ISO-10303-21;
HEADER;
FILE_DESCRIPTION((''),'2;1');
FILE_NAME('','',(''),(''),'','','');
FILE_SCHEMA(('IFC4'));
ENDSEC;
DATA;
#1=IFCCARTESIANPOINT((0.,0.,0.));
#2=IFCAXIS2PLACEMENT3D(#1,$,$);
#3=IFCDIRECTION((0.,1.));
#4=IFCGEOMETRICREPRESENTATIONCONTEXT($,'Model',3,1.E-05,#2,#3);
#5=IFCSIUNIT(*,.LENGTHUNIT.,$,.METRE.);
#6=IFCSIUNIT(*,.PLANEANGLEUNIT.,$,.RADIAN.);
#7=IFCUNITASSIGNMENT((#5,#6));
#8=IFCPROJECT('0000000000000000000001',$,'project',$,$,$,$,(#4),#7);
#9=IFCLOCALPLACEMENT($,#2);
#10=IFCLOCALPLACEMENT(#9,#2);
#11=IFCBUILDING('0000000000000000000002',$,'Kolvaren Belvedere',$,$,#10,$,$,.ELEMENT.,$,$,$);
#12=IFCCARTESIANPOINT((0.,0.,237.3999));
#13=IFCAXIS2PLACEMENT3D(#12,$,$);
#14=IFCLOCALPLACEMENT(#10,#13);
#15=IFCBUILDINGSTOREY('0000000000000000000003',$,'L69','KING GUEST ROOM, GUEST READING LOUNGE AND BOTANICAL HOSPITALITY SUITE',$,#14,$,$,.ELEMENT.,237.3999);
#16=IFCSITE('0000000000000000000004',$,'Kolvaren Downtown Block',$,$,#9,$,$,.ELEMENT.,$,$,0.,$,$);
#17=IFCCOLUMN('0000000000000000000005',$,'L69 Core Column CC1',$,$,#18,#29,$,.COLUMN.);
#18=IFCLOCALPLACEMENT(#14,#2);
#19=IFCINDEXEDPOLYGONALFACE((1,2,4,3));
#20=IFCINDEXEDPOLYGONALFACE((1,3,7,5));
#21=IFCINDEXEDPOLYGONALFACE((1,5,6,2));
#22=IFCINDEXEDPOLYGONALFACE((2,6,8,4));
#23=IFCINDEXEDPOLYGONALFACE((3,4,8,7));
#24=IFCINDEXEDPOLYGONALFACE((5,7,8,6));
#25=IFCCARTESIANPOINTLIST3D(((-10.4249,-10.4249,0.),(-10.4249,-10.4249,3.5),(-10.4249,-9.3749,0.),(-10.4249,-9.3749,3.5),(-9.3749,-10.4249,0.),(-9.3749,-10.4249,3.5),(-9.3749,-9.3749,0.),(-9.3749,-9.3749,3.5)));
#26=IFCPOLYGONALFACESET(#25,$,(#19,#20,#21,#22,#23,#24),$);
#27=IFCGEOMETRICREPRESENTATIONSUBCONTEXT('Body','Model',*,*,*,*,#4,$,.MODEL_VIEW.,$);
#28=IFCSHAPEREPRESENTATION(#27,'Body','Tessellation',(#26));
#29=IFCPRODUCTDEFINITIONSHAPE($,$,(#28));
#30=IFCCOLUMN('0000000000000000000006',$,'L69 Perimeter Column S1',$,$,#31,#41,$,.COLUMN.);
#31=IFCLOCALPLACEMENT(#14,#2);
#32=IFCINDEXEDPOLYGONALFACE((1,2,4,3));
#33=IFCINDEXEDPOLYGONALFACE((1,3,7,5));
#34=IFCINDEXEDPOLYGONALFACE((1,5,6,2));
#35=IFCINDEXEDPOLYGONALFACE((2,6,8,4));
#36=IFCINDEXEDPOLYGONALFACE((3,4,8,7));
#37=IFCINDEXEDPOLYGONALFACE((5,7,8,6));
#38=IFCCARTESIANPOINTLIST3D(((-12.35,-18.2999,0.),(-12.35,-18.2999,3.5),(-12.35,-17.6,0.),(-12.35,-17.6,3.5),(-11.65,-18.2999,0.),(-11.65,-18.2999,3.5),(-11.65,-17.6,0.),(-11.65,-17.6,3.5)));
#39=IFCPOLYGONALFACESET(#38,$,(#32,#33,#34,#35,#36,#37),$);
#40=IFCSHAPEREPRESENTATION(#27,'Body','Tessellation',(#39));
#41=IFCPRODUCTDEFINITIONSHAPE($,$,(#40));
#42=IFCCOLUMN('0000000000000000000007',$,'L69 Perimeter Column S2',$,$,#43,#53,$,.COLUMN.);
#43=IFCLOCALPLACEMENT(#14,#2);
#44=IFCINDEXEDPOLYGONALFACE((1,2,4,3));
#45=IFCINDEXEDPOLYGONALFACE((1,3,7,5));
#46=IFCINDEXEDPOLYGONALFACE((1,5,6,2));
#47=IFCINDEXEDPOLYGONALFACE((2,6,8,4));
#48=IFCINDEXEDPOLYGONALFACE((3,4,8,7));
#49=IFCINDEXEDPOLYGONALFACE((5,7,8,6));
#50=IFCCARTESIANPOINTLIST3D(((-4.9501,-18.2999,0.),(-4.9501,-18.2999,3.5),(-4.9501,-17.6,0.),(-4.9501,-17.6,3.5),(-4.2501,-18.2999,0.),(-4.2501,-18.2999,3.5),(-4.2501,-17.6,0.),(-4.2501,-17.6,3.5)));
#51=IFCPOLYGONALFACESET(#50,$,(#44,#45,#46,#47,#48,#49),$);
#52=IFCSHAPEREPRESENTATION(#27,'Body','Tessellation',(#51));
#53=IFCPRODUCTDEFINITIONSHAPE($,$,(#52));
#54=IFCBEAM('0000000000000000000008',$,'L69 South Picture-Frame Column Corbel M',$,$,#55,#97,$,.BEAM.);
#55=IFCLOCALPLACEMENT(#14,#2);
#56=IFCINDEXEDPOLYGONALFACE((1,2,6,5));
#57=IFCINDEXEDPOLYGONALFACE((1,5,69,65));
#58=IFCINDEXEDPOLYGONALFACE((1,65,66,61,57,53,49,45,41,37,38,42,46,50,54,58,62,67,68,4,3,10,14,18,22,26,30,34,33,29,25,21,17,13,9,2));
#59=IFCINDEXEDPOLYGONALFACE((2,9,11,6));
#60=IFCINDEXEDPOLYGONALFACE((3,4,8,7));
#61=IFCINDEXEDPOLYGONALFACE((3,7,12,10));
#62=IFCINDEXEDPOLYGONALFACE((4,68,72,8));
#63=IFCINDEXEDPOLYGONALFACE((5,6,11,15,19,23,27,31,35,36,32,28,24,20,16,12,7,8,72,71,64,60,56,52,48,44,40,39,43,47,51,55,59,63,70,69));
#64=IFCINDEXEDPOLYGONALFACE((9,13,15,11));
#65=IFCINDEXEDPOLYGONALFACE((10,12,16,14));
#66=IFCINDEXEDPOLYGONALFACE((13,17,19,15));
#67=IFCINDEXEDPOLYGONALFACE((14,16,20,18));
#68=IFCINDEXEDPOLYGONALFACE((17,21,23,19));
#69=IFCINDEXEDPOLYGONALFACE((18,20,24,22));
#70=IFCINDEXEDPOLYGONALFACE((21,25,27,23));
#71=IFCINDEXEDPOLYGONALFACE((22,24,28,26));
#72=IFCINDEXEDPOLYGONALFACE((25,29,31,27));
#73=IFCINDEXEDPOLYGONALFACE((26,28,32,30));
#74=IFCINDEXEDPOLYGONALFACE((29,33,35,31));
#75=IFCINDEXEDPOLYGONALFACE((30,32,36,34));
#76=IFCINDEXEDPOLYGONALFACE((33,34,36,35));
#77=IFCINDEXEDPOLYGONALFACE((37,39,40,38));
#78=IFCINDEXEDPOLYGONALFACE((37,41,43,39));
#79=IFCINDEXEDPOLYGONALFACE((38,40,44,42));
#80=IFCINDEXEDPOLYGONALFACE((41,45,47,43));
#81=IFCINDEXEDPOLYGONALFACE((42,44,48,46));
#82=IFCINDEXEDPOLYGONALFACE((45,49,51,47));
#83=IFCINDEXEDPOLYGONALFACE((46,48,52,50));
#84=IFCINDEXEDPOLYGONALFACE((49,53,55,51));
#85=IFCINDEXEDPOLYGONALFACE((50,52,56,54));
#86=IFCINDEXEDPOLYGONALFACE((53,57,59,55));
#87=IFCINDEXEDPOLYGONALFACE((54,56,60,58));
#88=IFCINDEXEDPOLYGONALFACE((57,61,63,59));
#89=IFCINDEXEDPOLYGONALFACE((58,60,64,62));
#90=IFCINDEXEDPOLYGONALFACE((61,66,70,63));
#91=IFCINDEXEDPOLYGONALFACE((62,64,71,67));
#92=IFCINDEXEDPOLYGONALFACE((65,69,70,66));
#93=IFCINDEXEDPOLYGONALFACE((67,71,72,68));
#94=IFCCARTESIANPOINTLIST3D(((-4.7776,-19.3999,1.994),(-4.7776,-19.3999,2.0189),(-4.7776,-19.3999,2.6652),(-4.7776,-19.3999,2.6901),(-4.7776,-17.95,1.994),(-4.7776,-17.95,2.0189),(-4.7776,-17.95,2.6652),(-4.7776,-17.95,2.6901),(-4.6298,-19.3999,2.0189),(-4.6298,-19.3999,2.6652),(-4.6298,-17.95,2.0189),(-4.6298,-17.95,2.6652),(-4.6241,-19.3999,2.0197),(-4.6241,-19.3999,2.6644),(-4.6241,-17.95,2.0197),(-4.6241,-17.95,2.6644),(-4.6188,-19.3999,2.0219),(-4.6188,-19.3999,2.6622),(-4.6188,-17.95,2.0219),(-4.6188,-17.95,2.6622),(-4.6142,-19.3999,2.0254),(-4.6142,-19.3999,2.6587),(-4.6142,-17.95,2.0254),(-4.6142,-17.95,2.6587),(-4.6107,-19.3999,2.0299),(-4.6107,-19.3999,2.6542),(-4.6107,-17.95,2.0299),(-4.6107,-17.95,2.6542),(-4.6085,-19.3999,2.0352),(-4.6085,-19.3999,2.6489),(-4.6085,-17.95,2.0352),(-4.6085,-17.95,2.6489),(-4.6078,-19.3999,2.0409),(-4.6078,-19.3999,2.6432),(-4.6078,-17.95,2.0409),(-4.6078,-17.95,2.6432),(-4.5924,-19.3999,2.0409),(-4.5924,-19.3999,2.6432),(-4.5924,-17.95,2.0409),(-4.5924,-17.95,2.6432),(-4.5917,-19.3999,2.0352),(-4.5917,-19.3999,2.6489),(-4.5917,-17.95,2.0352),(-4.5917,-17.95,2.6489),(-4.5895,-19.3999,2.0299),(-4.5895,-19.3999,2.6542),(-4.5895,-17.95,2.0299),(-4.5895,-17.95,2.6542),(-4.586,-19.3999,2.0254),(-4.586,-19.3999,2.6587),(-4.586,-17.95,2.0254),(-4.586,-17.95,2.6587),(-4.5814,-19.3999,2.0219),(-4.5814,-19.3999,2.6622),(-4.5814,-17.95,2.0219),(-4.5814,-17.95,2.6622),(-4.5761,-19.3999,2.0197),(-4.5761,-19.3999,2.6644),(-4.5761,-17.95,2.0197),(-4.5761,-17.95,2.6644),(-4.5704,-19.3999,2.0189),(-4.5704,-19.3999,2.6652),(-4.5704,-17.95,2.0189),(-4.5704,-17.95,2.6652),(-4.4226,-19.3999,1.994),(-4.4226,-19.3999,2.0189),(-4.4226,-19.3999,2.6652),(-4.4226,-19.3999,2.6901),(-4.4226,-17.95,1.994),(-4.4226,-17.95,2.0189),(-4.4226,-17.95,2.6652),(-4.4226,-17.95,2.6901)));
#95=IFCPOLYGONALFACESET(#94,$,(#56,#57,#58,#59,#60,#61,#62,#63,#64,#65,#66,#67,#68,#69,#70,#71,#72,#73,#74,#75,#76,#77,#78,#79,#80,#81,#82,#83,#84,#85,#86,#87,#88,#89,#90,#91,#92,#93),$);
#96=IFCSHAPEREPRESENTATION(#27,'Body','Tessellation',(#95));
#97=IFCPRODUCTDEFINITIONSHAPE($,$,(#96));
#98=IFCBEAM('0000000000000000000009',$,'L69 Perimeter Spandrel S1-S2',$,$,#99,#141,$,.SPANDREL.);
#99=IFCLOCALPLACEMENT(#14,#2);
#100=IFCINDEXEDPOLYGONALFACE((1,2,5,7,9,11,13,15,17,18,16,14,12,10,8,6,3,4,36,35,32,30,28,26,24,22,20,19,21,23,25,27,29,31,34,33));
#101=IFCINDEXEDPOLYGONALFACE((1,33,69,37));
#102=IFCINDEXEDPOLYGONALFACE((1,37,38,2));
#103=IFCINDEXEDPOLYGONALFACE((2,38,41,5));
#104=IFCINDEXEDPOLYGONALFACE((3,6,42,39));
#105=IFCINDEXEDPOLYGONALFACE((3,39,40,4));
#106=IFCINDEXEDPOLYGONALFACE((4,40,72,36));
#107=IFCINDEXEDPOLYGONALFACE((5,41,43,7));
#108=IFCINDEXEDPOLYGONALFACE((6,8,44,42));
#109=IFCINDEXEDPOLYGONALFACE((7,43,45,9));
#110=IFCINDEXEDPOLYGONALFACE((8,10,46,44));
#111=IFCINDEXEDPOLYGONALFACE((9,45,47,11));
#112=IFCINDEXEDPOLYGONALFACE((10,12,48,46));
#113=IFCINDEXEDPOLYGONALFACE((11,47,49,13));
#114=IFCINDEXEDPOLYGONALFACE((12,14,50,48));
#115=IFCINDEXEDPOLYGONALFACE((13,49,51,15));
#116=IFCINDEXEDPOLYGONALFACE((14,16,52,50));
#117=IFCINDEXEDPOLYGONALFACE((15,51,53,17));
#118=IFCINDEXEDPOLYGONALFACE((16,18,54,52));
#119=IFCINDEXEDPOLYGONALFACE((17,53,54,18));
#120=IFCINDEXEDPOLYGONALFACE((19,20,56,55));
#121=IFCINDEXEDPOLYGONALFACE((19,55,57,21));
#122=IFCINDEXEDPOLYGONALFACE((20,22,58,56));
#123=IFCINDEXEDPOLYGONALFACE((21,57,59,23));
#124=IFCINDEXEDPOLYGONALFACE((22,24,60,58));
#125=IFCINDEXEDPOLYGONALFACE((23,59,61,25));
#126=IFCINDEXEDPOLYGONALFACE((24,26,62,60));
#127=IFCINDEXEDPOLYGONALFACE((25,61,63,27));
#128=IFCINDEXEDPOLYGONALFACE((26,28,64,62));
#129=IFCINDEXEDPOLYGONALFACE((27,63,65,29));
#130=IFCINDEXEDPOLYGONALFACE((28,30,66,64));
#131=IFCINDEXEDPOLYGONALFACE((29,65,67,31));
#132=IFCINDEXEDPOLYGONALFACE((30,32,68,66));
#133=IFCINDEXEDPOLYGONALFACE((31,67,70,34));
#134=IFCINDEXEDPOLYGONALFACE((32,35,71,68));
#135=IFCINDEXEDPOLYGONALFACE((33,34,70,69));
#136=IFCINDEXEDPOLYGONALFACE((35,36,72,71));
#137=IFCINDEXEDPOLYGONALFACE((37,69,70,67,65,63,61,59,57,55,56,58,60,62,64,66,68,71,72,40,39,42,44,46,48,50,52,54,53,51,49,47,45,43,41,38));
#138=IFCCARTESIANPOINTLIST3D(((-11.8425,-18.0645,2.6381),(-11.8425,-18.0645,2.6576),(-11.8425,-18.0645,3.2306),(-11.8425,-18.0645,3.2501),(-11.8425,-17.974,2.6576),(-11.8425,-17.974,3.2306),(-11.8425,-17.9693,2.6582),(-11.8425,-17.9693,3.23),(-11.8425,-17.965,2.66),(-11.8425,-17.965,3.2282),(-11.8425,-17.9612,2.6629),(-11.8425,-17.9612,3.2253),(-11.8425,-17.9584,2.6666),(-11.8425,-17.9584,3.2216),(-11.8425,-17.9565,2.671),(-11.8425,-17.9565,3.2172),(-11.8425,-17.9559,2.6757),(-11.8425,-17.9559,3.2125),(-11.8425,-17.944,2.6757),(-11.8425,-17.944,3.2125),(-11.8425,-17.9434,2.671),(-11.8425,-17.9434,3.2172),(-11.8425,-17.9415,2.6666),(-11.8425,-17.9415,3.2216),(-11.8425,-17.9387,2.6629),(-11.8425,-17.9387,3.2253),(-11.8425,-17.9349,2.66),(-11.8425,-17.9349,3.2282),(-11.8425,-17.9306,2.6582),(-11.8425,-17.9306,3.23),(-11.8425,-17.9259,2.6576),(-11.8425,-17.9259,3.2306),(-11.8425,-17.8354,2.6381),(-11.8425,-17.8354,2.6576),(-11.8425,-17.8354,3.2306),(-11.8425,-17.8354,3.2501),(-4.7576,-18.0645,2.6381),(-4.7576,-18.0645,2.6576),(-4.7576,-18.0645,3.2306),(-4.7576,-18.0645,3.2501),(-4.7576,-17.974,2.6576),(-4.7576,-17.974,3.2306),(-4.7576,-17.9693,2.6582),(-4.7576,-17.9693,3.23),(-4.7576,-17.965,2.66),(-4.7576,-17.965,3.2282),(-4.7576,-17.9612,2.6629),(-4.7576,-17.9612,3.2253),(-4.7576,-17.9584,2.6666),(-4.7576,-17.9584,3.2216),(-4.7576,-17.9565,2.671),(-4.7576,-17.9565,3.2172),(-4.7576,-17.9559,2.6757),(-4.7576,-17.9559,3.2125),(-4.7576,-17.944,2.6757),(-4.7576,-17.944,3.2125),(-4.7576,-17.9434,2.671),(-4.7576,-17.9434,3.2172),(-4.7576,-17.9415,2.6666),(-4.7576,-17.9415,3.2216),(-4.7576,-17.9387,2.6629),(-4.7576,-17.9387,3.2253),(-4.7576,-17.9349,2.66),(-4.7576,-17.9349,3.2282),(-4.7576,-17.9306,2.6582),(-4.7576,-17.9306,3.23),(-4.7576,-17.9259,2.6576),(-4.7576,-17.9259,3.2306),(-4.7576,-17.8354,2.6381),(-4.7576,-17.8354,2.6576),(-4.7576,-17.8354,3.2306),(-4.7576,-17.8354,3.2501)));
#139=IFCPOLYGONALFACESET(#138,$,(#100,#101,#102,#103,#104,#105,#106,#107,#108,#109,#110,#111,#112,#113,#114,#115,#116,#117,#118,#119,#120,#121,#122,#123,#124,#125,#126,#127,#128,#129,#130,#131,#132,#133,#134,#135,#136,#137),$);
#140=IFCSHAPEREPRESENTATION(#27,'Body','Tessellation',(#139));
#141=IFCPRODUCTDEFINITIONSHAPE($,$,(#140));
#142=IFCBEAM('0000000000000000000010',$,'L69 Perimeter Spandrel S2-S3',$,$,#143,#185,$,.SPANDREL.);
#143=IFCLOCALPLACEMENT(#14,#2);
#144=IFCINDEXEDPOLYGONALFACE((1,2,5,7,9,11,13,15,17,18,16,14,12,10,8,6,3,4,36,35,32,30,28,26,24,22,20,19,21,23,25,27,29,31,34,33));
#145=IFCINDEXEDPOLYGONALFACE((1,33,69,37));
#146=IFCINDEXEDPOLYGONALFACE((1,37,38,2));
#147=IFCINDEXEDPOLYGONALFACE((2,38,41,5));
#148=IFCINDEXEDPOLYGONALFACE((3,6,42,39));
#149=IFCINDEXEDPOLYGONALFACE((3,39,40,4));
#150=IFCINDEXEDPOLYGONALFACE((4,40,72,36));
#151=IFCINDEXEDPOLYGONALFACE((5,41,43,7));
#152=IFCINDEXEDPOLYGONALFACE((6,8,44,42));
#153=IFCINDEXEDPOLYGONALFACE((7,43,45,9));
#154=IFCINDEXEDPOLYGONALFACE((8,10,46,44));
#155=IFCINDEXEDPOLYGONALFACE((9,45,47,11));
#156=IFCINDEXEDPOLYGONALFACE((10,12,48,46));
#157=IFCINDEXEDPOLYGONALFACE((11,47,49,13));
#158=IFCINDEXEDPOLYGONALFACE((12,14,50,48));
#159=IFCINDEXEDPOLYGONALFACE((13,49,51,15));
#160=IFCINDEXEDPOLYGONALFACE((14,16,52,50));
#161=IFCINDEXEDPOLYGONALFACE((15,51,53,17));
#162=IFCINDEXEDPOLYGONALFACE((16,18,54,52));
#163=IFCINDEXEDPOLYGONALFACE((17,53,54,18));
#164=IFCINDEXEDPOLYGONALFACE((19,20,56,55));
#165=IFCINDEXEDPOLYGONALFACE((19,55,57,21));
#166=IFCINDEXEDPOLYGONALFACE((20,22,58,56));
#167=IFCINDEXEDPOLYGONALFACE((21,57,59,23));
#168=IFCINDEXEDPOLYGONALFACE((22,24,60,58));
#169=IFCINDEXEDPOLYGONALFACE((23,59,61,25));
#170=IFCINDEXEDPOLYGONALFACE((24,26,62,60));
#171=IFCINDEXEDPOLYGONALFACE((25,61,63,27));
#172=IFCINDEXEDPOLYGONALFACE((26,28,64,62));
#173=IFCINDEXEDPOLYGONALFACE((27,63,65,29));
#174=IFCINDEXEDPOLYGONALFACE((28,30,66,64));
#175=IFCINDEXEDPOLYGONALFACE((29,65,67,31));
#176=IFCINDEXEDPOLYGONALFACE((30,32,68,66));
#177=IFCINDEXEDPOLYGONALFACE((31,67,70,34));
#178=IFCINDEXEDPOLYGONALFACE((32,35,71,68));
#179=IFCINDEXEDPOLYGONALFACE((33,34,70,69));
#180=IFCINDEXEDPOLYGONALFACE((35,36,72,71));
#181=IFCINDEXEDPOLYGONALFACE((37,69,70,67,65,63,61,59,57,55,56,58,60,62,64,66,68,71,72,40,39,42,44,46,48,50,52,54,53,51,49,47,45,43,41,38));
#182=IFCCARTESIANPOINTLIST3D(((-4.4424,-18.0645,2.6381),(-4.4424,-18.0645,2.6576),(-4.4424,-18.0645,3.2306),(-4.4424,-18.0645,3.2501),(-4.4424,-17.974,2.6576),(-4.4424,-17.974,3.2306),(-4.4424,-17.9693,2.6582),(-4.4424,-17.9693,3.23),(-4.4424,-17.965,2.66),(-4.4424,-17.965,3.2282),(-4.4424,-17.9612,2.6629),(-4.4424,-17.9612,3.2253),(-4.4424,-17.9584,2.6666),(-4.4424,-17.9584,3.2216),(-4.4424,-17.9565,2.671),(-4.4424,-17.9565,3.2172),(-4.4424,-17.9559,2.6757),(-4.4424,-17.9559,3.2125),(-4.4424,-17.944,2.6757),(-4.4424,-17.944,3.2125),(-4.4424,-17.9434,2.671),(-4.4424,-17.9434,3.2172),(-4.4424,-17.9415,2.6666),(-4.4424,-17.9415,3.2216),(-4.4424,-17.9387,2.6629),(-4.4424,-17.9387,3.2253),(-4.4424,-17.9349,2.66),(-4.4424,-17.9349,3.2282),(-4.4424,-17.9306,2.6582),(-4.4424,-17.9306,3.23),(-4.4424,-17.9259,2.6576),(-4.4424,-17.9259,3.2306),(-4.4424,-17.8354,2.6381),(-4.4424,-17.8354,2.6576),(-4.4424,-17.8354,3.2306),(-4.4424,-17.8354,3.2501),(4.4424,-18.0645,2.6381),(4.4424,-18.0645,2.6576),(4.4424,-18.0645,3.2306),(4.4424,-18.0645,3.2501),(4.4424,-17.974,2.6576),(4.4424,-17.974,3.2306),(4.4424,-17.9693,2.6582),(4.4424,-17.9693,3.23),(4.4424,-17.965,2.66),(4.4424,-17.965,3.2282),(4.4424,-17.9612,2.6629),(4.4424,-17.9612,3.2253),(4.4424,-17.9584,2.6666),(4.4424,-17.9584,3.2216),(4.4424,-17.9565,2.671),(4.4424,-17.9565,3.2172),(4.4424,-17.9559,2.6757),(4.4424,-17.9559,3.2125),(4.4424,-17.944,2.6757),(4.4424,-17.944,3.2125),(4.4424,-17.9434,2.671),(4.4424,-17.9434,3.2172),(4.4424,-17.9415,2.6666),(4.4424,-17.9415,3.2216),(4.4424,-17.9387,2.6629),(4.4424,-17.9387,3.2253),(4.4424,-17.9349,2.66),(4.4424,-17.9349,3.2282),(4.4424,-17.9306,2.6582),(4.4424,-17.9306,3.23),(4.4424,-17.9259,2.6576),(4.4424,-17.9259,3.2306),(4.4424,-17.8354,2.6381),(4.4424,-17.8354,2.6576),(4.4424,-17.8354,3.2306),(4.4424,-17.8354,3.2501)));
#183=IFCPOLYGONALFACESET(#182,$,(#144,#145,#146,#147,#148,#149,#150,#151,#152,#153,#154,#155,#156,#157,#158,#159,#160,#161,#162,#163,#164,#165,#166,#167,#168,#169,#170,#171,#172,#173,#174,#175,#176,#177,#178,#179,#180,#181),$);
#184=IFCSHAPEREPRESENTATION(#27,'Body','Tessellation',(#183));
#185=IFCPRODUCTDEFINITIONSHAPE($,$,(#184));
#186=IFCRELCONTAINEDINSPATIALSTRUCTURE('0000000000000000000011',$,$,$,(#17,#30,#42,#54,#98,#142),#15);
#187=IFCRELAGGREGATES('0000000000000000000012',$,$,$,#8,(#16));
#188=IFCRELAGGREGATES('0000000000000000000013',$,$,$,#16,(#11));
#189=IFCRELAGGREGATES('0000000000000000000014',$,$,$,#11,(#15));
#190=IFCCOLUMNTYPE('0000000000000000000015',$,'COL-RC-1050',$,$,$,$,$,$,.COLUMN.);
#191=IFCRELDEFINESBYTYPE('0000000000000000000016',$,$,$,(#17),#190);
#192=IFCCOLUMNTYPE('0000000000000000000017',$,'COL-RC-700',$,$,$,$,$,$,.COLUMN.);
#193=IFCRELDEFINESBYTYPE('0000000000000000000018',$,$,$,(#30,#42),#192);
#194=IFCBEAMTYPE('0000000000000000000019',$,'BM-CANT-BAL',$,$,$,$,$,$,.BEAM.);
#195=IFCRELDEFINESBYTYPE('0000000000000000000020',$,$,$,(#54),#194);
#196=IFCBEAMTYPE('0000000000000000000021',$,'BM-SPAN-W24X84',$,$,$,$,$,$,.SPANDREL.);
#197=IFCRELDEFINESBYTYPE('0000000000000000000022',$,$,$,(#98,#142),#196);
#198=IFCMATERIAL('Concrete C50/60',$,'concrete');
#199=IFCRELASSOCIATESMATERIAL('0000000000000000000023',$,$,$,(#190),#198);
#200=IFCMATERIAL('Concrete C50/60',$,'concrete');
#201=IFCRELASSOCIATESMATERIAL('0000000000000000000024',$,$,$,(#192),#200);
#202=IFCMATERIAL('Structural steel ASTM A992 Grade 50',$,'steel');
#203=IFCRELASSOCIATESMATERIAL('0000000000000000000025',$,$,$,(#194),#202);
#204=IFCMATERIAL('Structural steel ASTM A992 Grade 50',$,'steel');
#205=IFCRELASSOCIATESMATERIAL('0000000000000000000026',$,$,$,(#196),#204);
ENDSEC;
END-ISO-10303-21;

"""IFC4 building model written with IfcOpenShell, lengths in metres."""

from ifc_helpers import new_model, si_unit, direction, frame, origin, origin_2d, place, context, subcontext, project, spatial, rectangle, i_section, extrude, material, material_profile, profile_set, type_object, element, save


model = new_model("IFC4")

# Units and contexts
model_context = context("Model", 3, precision=1e-05, world=origin(), true_north=direction((0.0, 1.0)))
body_context = subcontext(model_context, "Body", "Model", "MODEL_VIEW")
ifc_project = project(units=[si_unit("LENGTHUNIT", "METRE"), si_unit("PLANEANGLEUNIT", "RADIAN")], contexts=[model_context])

# Site, building, storey
site_placement = place(None, origin())
site = spatial("IfcSite", under=ifc_project, at=site_placement, Name="Kolvaren Downtown Block", CompositionType="ELEMENT", RefElevation=0.0)
building_placement = place(site_placement, origin())
building = spatial("IfcBuilding", under=site, at=building_placement, Name="Kolvaren Belvedere", CompositionType="ELEMENT")
storey_placement = place(building_placement, frame((0.0, 0.0, 237.3999)))
storey = spatial("IfcBuildingStorey", under=building, at=storey_placement, Name="L69", Description="KING GUEST ROOM, GUEST READING LOUNGE AND BOTANICAL HOSPITALITY SUITE", CompositionType="ELEMENT", Elevation=237.3999)

# Columns
ifc_material_1 = material(Name="Concrete C50/60", Category="concrete")
ifc_material_profile_1 = material_profile(ifc_material_1, rectangle(XDim=1.05, YDim=1.05, at=origin_2d()), Name="RC 1050X1050")
ifc_profile_set_1 = profile_set([ifc_material_profile_1], Name="Concrete C50/60")
column_type_1 = type_object("IfcColumnType", Name="COL-RC-1050", PredefinedType="COLUMN", material=ifc_profile_set_1)
column_placement = place(storey_placement, frame((-9.8999, -9.8999, 0.0), z_axis=(0.0, 0.0, 1.0), x_axis=(1.0, 0.0, 0.0)))
element("IfcColumn", 1, at=column_placement, inside=storey, type_object=column_type_1, Name="L69 Core Column CC1", PredefinedType="COLUMN", context=body_context, shape_type="SweptSolid", body=[
    extrude(rectangle(XDim=1.05, YDim=1.05, at=origin_2d()), origin(), (0.0, 0.0, 1.0), 3.5),
])
ifc_material_2 = material(Name="Concrete C50/60", Category="concrete")
ifc_material_profile_2 = material_profile(ifc_material_2, rectangle(XDim=0.7, YDim=0.7, at=origin_2d()), Name="RC 700X700")
ifc_profile_set_2 = profile_set([ifc_material_profile_2], Name="Concrete C50/60")
column_type_2 = type_object("IfcColumnType", Name="COL-RC-700", PredefinedType="COLUMN", material=ifc_profile_set_2)
for number, where, z_axis, x_axis, name in (
    (2, (-12.0, -17.95, 0.0), (0.0, 0.0, 1.0), (1.0, 0.0, 0.0), "L69 Perimeter Column S1"),
    (3, (-4.6001, -17.95, 0.0), (0.0, 0.0, 1.0), (1.0, 0.0, 0.0), "L69 Perimeter Column S2"),
):
    element("IfcColumn", number, at=place(storey_placement, frame(where, z_axis=z_axis, x_axis=x_axis)), inside=storey, type_object=column_type_2, Name=name, PredefinedType="COLUMN", context=body_context, shape_type="SweptSolid", body=[
        extrude(rectangle(XDim=0.7, YDim=0.7, at=origin_2d()), origin(), (0.0, 0.0, 1.0), 3.5),
    ])

# Beams
ifc_material_3 = material(Name="Structural steel ASTM A992 Grade 50", Category="steel")
ifc_material_profile_3 = material_profile(ifc_material_3, i_section(OverallWidth=0.355, OverallDepth=0.696, WebThickness=0.0154, FlangeThickness=0.0249, FilletRadius=0.022, at=origin_2d()), Name="W27X146")
ifc_profile_set_3 = profile_set([ifc_material_profile_3], Name="Structural steel ASTM A992 Grade 50")
beam_type_1 = type_object("IfcBeamType", Name="BM-CANT-BAL", PredefinedType="BEAM", material=ifc_profile_set_3)
beam_1_placement = place(storey_placement, frame((-4.6001, -17.95, 2.342), z_axis=(0.0, -1.0, 0.0), x_axis=(1.0, 0.0, 0.0)))
element("IfcBeam", 4, at=beam_1_placement, inside=storey, type_object=beam_type_1, Name="L69 South Picture-Frame Column Corbel M", PredefinedType="BEAM", context=body_context, shape_type="SweptSolid", body=[
    extrude(i_section(OverallWidth=0.355, OverallDepth=0.696, WebThickness=0.0154, FlangeThickness=0.0249, FilletRadius=0.022, at=origin_2d()), origin(), (0.0, 0.0, 1.0), 1.45),
])
ifc_material_4 = material(Name="Structural steel ASTM A992 Grade 50", Category="steel")
ifc_material_profile_4 = material_profile(ifc_material_4, i_section(OverallWidth=0.229, OverallDepth=0.6121, WebThickness=0.012, FlangeThickness=0.0195, FilletRadius=0.0181, at=origin_2d()), Name="W24X84")
ifc_profile_set_4 = profile_set([ifc_material_profile_4], Name="Structural steel ASTM A992 Grade 50")
beam_type_2 = type_object("IfcBeamType", Name="BM-SPAN-W24X84", PredefinedType="SPANDREL", material=ifc_profile_set_4)
beam_2_placement = place(storey_placement, frame((-11.8425, -17.95, 2.9441), z_axis=(1.0, 0.0, 0.0), x_axis=(0.0, 1.0, 0.0)))
element("IfcBeam", 5, at=beam_2_placement, inside=storey, type_object=beam_type_2, Name="L69 Perimeter Spandrel S1-S2", PredefinedType="SPANDREL", context=body_context, shape_type="SweptSolid", body=[
    extrude(i_section(OverallWidth=0.229, OverallDepth=0.6121, WebThickness=0.012, FlangeThickness=0.0195, FilletRadius=0.0181, at=origin_2d()), origin(), (0.0, 0.0, 1.0), 7.085),
])
beam_3_placement = place(storey_placement, frame((-4.4424, -17.95, 2.9441), z_axis=(1.0, 0.0, 0.0), x_axis=(0.0, 1.0, 0.0)))
element("IfcBeam", 6, at=beam_3_placement, inside=storey, type_object=beam_type_2, Name="L69 Perimeter Spandrel S2-S3", PredefinedType="SPANDREL", context=body_context, shape_type="SweptSolid", body=[
    extrude(i_section(OverallWidth=0.229, OverallDepth=0.6121, WebThickness=0.012, FlangeThickness=0.0195, FilletRadius=0.0181, at=origin_2d()), origin(), (0.0, 0.0, 1.0), 8.8848),
])

save(model, "model.ifc")
